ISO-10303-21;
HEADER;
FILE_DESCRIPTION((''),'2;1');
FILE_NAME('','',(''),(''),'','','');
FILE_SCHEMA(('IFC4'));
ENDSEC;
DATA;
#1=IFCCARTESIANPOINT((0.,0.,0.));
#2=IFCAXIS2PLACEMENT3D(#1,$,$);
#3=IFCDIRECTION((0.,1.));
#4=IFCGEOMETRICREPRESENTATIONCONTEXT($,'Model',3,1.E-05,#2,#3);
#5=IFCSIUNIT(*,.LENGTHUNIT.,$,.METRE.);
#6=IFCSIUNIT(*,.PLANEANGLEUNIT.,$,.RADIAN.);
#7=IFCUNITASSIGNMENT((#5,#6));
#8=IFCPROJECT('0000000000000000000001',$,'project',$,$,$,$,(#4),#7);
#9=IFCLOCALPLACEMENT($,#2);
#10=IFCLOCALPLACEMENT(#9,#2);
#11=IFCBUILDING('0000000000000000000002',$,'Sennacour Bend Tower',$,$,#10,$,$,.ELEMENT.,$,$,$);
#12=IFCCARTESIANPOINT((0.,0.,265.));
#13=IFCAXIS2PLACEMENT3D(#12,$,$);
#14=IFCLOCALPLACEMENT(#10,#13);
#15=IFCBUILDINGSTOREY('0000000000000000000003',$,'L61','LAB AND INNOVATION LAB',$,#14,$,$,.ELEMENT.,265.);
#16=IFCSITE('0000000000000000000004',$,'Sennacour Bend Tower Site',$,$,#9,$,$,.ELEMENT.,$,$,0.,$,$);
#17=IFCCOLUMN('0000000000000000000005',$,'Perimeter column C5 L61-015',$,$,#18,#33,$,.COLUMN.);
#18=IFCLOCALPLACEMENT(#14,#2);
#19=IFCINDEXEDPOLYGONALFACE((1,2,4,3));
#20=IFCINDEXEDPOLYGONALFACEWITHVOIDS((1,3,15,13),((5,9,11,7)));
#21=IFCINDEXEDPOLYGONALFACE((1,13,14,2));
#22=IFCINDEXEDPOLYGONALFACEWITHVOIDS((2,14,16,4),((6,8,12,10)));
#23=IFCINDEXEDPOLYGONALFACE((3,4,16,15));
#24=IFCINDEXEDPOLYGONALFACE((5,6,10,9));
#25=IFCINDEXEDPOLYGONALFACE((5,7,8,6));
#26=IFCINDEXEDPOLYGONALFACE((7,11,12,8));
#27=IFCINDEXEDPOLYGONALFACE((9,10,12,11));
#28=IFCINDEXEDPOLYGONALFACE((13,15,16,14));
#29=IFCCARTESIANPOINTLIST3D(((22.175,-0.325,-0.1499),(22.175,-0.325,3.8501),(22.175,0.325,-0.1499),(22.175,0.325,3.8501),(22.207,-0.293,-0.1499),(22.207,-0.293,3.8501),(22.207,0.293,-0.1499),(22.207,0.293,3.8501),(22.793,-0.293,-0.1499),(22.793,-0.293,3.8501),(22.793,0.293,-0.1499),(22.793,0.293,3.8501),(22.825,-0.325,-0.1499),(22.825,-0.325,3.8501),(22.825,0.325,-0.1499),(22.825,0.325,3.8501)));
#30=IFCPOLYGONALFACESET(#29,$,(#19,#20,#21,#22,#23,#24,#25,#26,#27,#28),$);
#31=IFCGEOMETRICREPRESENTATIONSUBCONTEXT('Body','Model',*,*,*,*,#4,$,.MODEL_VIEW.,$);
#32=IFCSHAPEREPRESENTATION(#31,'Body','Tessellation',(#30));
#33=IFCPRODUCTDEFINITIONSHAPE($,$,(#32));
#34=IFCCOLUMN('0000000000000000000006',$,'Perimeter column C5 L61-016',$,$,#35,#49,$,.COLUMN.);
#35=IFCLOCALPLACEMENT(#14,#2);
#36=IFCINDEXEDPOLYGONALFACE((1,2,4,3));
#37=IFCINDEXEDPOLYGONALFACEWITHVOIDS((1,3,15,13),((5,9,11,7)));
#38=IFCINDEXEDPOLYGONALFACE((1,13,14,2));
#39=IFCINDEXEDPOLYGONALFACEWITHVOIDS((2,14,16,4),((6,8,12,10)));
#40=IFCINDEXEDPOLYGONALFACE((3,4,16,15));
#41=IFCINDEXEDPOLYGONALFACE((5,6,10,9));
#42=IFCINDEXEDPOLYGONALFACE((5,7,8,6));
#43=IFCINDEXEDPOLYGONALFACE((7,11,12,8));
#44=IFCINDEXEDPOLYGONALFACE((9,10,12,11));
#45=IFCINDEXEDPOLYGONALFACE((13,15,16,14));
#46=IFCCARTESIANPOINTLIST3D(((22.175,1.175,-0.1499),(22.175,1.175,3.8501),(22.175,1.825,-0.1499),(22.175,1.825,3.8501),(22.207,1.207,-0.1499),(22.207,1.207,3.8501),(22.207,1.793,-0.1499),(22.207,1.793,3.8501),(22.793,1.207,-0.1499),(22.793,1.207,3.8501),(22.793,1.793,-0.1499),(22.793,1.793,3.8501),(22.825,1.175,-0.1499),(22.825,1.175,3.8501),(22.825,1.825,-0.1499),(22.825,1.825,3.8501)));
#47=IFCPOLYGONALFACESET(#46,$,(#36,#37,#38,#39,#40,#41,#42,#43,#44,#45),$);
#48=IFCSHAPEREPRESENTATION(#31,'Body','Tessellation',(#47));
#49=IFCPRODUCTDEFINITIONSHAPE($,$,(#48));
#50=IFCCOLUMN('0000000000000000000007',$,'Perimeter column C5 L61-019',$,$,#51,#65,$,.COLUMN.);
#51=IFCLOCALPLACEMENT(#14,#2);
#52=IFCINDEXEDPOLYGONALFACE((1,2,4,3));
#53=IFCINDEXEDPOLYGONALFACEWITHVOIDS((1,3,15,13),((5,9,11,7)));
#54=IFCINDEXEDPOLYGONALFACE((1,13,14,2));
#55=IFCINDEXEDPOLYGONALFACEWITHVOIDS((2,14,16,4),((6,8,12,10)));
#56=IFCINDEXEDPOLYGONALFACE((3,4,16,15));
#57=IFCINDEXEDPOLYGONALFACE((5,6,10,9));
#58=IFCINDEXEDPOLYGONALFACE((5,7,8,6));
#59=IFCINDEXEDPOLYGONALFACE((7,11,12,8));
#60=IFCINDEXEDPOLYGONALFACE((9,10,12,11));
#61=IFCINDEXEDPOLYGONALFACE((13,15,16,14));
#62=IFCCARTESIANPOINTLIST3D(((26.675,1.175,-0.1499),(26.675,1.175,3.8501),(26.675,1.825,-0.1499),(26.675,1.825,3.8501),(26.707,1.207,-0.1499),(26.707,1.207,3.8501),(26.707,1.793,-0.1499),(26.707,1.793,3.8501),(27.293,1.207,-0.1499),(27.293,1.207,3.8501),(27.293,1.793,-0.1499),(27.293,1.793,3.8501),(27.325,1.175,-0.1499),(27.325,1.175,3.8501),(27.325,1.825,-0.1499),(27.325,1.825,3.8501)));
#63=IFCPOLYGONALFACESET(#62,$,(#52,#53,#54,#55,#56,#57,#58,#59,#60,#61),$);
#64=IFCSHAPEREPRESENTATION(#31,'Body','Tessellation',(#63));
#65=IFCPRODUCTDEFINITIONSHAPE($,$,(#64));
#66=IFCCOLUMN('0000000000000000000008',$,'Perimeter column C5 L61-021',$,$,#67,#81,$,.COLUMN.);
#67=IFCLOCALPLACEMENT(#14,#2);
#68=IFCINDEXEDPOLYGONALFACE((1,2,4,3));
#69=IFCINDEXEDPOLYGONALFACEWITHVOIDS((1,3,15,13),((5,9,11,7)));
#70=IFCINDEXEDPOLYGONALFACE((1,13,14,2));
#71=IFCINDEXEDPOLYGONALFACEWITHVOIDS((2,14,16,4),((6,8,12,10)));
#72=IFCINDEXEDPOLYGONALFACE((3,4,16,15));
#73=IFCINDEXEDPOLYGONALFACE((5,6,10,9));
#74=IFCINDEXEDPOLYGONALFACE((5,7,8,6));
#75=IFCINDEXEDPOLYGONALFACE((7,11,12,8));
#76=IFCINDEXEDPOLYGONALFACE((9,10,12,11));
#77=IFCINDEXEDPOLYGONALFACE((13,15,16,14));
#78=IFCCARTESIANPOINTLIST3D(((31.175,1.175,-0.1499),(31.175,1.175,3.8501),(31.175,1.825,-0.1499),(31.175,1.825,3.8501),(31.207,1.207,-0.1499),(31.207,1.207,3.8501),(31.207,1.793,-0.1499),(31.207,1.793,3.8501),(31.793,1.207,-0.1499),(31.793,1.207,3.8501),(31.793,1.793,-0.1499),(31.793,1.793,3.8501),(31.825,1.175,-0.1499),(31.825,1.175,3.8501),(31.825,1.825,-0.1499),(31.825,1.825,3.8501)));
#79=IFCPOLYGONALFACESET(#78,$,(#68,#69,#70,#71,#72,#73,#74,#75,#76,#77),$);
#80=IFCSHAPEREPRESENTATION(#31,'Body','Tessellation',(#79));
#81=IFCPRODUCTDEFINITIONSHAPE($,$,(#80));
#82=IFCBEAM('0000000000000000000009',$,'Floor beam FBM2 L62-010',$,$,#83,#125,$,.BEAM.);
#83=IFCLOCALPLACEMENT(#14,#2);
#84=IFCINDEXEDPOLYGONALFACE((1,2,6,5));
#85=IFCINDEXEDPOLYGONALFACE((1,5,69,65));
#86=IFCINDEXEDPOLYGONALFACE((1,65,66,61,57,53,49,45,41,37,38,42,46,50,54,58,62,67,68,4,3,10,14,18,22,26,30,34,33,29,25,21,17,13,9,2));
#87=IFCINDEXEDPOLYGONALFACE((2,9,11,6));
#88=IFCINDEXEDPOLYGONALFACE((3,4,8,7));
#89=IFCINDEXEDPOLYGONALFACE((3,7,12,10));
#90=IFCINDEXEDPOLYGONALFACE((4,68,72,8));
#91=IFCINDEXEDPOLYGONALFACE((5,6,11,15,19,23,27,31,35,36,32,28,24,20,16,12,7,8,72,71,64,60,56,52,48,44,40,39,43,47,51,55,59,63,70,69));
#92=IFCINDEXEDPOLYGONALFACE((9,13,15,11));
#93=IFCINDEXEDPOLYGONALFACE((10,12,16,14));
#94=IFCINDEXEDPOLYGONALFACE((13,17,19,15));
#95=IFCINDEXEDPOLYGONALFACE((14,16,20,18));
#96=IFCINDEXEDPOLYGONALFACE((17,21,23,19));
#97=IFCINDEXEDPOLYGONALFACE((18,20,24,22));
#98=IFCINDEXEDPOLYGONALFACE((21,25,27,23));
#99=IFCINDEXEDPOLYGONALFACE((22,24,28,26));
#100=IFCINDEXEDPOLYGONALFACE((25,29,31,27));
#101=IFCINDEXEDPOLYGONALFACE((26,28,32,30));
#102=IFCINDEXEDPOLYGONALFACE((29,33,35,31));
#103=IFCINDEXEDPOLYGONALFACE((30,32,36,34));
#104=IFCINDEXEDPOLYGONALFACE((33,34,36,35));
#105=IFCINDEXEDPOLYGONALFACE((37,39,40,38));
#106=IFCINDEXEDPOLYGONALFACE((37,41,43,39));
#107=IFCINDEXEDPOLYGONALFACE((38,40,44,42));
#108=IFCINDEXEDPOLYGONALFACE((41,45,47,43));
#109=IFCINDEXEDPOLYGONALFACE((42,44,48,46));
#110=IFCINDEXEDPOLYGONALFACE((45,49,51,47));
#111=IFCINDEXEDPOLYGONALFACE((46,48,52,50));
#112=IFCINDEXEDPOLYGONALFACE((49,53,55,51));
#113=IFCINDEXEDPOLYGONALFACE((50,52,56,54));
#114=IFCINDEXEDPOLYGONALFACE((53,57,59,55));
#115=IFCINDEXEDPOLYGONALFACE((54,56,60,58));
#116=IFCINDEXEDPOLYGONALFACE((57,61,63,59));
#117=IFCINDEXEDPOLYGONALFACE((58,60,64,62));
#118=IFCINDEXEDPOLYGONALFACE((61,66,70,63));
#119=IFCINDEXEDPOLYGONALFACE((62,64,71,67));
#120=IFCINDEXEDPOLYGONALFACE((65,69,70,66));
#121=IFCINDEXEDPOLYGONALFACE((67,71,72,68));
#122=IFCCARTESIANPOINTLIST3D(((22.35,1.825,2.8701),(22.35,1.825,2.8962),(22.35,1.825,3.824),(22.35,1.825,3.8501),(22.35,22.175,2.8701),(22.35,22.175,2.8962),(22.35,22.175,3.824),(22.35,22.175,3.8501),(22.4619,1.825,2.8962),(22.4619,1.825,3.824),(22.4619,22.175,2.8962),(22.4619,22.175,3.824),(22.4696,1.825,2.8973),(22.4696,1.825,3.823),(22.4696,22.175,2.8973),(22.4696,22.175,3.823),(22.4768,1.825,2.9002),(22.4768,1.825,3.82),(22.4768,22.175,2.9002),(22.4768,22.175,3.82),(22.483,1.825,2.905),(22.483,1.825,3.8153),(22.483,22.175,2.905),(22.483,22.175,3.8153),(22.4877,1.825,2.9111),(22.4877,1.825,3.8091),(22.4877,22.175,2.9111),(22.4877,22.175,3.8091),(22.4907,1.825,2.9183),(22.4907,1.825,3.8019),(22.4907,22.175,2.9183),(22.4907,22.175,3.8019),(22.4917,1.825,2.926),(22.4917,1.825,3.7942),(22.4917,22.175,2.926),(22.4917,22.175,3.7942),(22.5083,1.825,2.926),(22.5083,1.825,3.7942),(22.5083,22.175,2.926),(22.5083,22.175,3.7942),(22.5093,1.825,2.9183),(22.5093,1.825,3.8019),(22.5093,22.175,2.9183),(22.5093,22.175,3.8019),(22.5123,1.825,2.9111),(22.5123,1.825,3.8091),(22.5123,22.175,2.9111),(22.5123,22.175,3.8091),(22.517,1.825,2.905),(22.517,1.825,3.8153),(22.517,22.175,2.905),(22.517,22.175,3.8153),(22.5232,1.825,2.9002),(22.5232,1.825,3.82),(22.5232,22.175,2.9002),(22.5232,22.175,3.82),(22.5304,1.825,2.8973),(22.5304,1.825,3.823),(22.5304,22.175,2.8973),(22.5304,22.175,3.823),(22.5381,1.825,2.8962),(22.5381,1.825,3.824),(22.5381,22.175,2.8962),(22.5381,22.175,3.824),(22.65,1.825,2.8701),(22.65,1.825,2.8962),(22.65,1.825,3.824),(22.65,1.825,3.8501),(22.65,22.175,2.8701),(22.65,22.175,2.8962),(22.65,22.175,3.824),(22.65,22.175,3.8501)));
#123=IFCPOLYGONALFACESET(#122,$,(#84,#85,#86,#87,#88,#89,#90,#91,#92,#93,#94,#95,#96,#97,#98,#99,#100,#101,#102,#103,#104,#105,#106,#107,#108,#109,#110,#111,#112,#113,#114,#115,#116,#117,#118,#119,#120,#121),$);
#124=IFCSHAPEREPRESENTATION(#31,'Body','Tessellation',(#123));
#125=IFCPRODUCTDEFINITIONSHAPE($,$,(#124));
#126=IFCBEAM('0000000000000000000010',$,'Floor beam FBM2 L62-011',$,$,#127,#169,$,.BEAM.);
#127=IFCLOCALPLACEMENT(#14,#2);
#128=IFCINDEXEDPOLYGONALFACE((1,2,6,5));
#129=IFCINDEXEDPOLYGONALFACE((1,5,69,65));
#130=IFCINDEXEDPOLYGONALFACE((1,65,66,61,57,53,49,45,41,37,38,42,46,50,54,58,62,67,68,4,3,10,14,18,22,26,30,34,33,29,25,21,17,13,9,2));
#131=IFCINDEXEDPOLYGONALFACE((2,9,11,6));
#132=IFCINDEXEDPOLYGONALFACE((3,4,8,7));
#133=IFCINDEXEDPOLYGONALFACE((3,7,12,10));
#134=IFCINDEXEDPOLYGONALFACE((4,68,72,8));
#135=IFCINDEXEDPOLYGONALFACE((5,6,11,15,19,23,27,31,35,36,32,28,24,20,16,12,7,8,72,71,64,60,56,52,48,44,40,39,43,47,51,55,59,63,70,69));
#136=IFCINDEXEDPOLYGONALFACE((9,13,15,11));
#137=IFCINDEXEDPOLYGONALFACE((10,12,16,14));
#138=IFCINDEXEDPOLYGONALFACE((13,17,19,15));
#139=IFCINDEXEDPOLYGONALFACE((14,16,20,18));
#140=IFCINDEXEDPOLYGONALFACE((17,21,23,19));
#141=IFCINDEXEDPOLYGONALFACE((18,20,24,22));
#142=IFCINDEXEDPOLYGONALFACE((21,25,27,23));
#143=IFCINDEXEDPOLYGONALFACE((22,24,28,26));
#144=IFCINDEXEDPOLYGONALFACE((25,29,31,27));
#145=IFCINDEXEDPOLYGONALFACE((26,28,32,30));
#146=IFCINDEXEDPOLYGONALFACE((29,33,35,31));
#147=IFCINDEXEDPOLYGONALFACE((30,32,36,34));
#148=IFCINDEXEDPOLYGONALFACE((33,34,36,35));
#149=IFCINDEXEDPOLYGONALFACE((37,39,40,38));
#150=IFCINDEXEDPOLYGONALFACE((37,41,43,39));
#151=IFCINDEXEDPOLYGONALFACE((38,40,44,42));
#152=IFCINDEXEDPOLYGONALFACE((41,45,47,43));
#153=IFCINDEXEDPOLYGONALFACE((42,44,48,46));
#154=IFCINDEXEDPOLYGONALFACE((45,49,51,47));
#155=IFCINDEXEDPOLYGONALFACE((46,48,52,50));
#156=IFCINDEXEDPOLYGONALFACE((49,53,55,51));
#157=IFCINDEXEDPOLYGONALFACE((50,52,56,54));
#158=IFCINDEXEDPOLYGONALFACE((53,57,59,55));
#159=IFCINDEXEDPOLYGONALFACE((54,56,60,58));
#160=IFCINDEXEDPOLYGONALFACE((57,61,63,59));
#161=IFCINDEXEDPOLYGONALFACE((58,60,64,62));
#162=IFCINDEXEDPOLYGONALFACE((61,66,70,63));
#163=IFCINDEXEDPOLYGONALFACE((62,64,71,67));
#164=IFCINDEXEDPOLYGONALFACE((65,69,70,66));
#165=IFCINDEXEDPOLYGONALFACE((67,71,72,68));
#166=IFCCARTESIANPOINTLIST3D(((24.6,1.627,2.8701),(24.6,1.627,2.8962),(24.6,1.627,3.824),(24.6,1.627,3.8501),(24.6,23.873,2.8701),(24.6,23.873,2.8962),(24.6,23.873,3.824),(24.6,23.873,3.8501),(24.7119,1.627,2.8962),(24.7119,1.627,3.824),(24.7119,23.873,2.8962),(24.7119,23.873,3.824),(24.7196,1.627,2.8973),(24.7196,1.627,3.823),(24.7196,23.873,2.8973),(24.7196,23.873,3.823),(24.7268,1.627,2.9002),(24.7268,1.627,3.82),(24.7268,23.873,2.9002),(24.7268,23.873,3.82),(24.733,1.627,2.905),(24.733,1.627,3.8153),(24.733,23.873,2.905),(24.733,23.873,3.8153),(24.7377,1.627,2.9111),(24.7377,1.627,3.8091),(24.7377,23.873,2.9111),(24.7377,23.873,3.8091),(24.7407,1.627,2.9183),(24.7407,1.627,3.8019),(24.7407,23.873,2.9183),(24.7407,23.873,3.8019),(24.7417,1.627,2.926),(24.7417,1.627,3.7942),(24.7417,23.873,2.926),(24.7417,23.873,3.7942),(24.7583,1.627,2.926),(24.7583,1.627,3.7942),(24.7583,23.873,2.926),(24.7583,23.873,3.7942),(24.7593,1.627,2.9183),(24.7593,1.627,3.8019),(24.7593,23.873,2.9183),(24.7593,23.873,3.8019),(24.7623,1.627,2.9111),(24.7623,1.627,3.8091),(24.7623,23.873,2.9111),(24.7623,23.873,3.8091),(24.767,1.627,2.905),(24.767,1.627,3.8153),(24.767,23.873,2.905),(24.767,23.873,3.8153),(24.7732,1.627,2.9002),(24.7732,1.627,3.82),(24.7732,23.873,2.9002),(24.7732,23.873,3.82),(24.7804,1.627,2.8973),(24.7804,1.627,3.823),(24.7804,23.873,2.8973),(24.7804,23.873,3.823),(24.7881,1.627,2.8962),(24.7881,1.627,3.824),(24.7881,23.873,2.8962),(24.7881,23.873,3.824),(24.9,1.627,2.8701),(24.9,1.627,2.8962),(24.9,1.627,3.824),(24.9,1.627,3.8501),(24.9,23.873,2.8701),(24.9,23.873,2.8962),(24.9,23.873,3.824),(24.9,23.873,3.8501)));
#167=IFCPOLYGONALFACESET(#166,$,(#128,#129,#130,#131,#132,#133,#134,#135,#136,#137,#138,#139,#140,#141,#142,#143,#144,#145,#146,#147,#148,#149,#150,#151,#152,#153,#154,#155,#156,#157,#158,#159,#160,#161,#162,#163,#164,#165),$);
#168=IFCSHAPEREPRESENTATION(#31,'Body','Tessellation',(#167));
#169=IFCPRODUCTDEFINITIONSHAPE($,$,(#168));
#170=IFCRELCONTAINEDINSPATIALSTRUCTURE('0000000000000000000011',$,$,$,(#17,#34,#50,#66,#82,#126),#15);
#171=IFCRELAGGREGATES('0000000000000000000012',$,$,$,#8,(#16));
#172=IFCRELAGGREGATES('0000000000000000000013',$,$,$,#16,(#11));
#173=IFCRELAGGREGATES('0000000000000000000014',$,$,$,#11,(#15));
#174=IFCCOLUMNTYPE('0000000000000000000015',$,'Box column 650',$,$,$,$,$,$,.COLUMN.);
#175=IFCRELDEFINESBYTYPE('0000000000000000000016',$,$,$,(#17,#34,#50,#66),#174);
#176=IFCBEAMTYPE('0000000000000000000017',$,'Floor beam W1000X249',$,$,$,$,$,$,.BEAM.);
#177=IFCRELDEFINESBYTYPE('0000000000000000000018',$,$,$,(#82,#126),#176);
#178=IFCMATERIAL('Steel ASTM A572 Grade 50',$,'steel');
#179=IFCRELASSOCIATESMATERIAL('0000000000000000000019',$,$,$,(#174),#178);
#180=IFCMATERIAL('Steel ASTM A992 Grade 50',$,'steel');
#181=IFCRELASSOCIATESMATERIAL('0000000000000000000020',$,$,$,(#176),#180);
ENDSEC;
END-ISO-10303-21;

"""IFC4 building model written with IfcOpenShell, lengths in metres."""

from ifc_helpers import new_model, si_unit, direction, frame, origin, origin_2d, place, context, subcontext, project, spatial, hollow_rectangle, i_section, extrude, material, material_profile, profile_set, type_object, element, save


model = new_model("IFC4")

# Units and contexts
model_context = context("Model", 3, precision=1e-05, world=origin(), true_north=direction((0.0, 1.0)))
body_context = subcontext(model_context, "Body", "Model", "MODEL_VIEW")
ifc_project = project(units=[si_unit("LENGTHUNIT", "METRE"), si_unit("PLANEANGLEUNIT", "RADIAN")], contexts=[model_context])

# Site, building, storey
site_placement = place(None, origin())
site = spatial("IfcSite", under=ifc_project, at=site_placement, Name="Sennacour Bend Tower Site", CompositionType="ELEMENT", RefElevation=0.0)
building_placement = place(site_placement, origin())
building = spatial("IfcBuilding", under=site, at=building_placement, Name="Sennacour Bend Tower", CompositionType="ELEMENT")
storey_placement = place(building_placement, frame((0.0, 0.0, 265.0)))
storey = spatial("IfcBuildingStorey", under=building, at=storey_placement, Name="L61", Description="LAB AND INNOVATION LAB", CompositionType="ELEMENT", Elevation=265.0)

# Columns
ifc_material_1 = material(Name="Steel ASTM A572 Grade 50", Category="steel")
ifc_material_profile_1 = material_profile(ifc_material_1, hollow_rectangle(XDim=0.6499, YDim=0.6499, WallThickness=0.032, at=origin_2d()), Name="Steel ASTM A572 Grade 50", Category="steel")
ifc_profile_set_1 = profile_set([ifc_material_profile_1], Name="Steel ASTM A572 Grade 50")
column_type = type_object("IfcColumnType", Name="Box column 650", PredefinedType="COLUMN", material=ifc_profile_set_1)
for number, where, z_axis, x_axis, name in (
    (1, (22.5, 0.0, -0.1499), (0.0, 0.0, 1.0), (1.0, 0.0, 0.0), "Perimeter column C5 L61-015"),
    (2, (22.5, 1.5, -0.1499), (0.0, 0.0, 1.0), (1.0, 0.0, 0.0), "Perimeter column C5 L61-016"),
    (3, (27.0, 1.5, -0.1499), (0.0, 0.0, 1.0), (1.0, 0.0, 0.0), "Perimeter column C5 L61-019"),
    (4, (31.5, 1.5, -0.1499), (0.0, 0.0, 1.0), (1.0, 0.0, 0.0), "Perimeter column C5 L61-021"),
):
    element("IfcColumn", number, at=place(storey_placement, frame(where, z_axis=z_axis, x_axis=x_axis)), inside=storey, type_object=column_type, Name=name, PredefinedType="COLUMN", context=body_context, shape_type="SweptSolid", body=[
        extrude(hollow_rectangle(XDim=0.6499, YDim=0.6499, WallThickness=0.032, at=origin_2d()), origin(), (0.0, 0.0, 1.0), 4.0),
    ])

# Beams
ifc_material_2 = material(Name="Steel ASTM A992 Grade 50", Category="steel")
ifc_material_profile_2 = material_profile(ifc_material_2, i_section(OverallWidth=0.3, OverallDepth=0.98, WebThickness=0.0166, FlangeThickness=0.0261, FilletRadius=0.0298, at=origin_2d()), Name="Steel ASTM A992 Grade 50", Category="steel")
ifc_profile_set_2 = profile_set([ifc_material_profile_2], Name="Steel ASTM A992 Grade 50")
beam_type_1 = type_object("IfcBeamType", Name="Floor beam W1000X249", PredefinedType="BEAM", material=ifc_profile_set_2)
beam_1_placement = place(storey_placement, frame((22.5, 1.825, 3.3601), z_axis=(0.0, 1.0, 0.0), x_axis=(-1.0, 0.0, 0.0)))
element("IfcBeam", 5, at=beam_1_placement, inside=storey, type_object=beam_type_1, Name="Floor beam FBM2 L62-010", PredefinedType="BEAM", context=body_context, shape_type="SweptSolid", body=[
    extrude(i_section(OverallWidth=0.3, OverallDepth=0.98, WebThickness=0.0166, FlangeThickness=0.0261, FilletRadius=0.0298, at=origin_2d()), origin(), (0.0, 0.0, 1.0), 20.3501),
])
for number, where, z_axis, x_axis, name in (
    (6, (24.75, 1.627, 3.3601), (0.0, 1.0, 0.0), (-1.0, 0.0, 0.0), "Floor beam FBM2 L62-011"),
):
    element("IfcBeam", number, at=place(storey_placement, frame(where, z_axis=z_axis, x_axis=x_axis)), inside=storey, type_object=beam_type_1, Name=name, PredefinedType="BEAM", context=body_context, shape_type="SweptSolid", body=[
        extrude(i_section(OverallWidth=0.3, OverallDepth=0.98, WebThickness=0.0166, FlangeThickness=0.0261, FilletRadius=0.0298, at=origin_2d()), origin(), (0.0, 0.0, 1.0), 22.2461),
    ])

save(model, "model.ifc")
